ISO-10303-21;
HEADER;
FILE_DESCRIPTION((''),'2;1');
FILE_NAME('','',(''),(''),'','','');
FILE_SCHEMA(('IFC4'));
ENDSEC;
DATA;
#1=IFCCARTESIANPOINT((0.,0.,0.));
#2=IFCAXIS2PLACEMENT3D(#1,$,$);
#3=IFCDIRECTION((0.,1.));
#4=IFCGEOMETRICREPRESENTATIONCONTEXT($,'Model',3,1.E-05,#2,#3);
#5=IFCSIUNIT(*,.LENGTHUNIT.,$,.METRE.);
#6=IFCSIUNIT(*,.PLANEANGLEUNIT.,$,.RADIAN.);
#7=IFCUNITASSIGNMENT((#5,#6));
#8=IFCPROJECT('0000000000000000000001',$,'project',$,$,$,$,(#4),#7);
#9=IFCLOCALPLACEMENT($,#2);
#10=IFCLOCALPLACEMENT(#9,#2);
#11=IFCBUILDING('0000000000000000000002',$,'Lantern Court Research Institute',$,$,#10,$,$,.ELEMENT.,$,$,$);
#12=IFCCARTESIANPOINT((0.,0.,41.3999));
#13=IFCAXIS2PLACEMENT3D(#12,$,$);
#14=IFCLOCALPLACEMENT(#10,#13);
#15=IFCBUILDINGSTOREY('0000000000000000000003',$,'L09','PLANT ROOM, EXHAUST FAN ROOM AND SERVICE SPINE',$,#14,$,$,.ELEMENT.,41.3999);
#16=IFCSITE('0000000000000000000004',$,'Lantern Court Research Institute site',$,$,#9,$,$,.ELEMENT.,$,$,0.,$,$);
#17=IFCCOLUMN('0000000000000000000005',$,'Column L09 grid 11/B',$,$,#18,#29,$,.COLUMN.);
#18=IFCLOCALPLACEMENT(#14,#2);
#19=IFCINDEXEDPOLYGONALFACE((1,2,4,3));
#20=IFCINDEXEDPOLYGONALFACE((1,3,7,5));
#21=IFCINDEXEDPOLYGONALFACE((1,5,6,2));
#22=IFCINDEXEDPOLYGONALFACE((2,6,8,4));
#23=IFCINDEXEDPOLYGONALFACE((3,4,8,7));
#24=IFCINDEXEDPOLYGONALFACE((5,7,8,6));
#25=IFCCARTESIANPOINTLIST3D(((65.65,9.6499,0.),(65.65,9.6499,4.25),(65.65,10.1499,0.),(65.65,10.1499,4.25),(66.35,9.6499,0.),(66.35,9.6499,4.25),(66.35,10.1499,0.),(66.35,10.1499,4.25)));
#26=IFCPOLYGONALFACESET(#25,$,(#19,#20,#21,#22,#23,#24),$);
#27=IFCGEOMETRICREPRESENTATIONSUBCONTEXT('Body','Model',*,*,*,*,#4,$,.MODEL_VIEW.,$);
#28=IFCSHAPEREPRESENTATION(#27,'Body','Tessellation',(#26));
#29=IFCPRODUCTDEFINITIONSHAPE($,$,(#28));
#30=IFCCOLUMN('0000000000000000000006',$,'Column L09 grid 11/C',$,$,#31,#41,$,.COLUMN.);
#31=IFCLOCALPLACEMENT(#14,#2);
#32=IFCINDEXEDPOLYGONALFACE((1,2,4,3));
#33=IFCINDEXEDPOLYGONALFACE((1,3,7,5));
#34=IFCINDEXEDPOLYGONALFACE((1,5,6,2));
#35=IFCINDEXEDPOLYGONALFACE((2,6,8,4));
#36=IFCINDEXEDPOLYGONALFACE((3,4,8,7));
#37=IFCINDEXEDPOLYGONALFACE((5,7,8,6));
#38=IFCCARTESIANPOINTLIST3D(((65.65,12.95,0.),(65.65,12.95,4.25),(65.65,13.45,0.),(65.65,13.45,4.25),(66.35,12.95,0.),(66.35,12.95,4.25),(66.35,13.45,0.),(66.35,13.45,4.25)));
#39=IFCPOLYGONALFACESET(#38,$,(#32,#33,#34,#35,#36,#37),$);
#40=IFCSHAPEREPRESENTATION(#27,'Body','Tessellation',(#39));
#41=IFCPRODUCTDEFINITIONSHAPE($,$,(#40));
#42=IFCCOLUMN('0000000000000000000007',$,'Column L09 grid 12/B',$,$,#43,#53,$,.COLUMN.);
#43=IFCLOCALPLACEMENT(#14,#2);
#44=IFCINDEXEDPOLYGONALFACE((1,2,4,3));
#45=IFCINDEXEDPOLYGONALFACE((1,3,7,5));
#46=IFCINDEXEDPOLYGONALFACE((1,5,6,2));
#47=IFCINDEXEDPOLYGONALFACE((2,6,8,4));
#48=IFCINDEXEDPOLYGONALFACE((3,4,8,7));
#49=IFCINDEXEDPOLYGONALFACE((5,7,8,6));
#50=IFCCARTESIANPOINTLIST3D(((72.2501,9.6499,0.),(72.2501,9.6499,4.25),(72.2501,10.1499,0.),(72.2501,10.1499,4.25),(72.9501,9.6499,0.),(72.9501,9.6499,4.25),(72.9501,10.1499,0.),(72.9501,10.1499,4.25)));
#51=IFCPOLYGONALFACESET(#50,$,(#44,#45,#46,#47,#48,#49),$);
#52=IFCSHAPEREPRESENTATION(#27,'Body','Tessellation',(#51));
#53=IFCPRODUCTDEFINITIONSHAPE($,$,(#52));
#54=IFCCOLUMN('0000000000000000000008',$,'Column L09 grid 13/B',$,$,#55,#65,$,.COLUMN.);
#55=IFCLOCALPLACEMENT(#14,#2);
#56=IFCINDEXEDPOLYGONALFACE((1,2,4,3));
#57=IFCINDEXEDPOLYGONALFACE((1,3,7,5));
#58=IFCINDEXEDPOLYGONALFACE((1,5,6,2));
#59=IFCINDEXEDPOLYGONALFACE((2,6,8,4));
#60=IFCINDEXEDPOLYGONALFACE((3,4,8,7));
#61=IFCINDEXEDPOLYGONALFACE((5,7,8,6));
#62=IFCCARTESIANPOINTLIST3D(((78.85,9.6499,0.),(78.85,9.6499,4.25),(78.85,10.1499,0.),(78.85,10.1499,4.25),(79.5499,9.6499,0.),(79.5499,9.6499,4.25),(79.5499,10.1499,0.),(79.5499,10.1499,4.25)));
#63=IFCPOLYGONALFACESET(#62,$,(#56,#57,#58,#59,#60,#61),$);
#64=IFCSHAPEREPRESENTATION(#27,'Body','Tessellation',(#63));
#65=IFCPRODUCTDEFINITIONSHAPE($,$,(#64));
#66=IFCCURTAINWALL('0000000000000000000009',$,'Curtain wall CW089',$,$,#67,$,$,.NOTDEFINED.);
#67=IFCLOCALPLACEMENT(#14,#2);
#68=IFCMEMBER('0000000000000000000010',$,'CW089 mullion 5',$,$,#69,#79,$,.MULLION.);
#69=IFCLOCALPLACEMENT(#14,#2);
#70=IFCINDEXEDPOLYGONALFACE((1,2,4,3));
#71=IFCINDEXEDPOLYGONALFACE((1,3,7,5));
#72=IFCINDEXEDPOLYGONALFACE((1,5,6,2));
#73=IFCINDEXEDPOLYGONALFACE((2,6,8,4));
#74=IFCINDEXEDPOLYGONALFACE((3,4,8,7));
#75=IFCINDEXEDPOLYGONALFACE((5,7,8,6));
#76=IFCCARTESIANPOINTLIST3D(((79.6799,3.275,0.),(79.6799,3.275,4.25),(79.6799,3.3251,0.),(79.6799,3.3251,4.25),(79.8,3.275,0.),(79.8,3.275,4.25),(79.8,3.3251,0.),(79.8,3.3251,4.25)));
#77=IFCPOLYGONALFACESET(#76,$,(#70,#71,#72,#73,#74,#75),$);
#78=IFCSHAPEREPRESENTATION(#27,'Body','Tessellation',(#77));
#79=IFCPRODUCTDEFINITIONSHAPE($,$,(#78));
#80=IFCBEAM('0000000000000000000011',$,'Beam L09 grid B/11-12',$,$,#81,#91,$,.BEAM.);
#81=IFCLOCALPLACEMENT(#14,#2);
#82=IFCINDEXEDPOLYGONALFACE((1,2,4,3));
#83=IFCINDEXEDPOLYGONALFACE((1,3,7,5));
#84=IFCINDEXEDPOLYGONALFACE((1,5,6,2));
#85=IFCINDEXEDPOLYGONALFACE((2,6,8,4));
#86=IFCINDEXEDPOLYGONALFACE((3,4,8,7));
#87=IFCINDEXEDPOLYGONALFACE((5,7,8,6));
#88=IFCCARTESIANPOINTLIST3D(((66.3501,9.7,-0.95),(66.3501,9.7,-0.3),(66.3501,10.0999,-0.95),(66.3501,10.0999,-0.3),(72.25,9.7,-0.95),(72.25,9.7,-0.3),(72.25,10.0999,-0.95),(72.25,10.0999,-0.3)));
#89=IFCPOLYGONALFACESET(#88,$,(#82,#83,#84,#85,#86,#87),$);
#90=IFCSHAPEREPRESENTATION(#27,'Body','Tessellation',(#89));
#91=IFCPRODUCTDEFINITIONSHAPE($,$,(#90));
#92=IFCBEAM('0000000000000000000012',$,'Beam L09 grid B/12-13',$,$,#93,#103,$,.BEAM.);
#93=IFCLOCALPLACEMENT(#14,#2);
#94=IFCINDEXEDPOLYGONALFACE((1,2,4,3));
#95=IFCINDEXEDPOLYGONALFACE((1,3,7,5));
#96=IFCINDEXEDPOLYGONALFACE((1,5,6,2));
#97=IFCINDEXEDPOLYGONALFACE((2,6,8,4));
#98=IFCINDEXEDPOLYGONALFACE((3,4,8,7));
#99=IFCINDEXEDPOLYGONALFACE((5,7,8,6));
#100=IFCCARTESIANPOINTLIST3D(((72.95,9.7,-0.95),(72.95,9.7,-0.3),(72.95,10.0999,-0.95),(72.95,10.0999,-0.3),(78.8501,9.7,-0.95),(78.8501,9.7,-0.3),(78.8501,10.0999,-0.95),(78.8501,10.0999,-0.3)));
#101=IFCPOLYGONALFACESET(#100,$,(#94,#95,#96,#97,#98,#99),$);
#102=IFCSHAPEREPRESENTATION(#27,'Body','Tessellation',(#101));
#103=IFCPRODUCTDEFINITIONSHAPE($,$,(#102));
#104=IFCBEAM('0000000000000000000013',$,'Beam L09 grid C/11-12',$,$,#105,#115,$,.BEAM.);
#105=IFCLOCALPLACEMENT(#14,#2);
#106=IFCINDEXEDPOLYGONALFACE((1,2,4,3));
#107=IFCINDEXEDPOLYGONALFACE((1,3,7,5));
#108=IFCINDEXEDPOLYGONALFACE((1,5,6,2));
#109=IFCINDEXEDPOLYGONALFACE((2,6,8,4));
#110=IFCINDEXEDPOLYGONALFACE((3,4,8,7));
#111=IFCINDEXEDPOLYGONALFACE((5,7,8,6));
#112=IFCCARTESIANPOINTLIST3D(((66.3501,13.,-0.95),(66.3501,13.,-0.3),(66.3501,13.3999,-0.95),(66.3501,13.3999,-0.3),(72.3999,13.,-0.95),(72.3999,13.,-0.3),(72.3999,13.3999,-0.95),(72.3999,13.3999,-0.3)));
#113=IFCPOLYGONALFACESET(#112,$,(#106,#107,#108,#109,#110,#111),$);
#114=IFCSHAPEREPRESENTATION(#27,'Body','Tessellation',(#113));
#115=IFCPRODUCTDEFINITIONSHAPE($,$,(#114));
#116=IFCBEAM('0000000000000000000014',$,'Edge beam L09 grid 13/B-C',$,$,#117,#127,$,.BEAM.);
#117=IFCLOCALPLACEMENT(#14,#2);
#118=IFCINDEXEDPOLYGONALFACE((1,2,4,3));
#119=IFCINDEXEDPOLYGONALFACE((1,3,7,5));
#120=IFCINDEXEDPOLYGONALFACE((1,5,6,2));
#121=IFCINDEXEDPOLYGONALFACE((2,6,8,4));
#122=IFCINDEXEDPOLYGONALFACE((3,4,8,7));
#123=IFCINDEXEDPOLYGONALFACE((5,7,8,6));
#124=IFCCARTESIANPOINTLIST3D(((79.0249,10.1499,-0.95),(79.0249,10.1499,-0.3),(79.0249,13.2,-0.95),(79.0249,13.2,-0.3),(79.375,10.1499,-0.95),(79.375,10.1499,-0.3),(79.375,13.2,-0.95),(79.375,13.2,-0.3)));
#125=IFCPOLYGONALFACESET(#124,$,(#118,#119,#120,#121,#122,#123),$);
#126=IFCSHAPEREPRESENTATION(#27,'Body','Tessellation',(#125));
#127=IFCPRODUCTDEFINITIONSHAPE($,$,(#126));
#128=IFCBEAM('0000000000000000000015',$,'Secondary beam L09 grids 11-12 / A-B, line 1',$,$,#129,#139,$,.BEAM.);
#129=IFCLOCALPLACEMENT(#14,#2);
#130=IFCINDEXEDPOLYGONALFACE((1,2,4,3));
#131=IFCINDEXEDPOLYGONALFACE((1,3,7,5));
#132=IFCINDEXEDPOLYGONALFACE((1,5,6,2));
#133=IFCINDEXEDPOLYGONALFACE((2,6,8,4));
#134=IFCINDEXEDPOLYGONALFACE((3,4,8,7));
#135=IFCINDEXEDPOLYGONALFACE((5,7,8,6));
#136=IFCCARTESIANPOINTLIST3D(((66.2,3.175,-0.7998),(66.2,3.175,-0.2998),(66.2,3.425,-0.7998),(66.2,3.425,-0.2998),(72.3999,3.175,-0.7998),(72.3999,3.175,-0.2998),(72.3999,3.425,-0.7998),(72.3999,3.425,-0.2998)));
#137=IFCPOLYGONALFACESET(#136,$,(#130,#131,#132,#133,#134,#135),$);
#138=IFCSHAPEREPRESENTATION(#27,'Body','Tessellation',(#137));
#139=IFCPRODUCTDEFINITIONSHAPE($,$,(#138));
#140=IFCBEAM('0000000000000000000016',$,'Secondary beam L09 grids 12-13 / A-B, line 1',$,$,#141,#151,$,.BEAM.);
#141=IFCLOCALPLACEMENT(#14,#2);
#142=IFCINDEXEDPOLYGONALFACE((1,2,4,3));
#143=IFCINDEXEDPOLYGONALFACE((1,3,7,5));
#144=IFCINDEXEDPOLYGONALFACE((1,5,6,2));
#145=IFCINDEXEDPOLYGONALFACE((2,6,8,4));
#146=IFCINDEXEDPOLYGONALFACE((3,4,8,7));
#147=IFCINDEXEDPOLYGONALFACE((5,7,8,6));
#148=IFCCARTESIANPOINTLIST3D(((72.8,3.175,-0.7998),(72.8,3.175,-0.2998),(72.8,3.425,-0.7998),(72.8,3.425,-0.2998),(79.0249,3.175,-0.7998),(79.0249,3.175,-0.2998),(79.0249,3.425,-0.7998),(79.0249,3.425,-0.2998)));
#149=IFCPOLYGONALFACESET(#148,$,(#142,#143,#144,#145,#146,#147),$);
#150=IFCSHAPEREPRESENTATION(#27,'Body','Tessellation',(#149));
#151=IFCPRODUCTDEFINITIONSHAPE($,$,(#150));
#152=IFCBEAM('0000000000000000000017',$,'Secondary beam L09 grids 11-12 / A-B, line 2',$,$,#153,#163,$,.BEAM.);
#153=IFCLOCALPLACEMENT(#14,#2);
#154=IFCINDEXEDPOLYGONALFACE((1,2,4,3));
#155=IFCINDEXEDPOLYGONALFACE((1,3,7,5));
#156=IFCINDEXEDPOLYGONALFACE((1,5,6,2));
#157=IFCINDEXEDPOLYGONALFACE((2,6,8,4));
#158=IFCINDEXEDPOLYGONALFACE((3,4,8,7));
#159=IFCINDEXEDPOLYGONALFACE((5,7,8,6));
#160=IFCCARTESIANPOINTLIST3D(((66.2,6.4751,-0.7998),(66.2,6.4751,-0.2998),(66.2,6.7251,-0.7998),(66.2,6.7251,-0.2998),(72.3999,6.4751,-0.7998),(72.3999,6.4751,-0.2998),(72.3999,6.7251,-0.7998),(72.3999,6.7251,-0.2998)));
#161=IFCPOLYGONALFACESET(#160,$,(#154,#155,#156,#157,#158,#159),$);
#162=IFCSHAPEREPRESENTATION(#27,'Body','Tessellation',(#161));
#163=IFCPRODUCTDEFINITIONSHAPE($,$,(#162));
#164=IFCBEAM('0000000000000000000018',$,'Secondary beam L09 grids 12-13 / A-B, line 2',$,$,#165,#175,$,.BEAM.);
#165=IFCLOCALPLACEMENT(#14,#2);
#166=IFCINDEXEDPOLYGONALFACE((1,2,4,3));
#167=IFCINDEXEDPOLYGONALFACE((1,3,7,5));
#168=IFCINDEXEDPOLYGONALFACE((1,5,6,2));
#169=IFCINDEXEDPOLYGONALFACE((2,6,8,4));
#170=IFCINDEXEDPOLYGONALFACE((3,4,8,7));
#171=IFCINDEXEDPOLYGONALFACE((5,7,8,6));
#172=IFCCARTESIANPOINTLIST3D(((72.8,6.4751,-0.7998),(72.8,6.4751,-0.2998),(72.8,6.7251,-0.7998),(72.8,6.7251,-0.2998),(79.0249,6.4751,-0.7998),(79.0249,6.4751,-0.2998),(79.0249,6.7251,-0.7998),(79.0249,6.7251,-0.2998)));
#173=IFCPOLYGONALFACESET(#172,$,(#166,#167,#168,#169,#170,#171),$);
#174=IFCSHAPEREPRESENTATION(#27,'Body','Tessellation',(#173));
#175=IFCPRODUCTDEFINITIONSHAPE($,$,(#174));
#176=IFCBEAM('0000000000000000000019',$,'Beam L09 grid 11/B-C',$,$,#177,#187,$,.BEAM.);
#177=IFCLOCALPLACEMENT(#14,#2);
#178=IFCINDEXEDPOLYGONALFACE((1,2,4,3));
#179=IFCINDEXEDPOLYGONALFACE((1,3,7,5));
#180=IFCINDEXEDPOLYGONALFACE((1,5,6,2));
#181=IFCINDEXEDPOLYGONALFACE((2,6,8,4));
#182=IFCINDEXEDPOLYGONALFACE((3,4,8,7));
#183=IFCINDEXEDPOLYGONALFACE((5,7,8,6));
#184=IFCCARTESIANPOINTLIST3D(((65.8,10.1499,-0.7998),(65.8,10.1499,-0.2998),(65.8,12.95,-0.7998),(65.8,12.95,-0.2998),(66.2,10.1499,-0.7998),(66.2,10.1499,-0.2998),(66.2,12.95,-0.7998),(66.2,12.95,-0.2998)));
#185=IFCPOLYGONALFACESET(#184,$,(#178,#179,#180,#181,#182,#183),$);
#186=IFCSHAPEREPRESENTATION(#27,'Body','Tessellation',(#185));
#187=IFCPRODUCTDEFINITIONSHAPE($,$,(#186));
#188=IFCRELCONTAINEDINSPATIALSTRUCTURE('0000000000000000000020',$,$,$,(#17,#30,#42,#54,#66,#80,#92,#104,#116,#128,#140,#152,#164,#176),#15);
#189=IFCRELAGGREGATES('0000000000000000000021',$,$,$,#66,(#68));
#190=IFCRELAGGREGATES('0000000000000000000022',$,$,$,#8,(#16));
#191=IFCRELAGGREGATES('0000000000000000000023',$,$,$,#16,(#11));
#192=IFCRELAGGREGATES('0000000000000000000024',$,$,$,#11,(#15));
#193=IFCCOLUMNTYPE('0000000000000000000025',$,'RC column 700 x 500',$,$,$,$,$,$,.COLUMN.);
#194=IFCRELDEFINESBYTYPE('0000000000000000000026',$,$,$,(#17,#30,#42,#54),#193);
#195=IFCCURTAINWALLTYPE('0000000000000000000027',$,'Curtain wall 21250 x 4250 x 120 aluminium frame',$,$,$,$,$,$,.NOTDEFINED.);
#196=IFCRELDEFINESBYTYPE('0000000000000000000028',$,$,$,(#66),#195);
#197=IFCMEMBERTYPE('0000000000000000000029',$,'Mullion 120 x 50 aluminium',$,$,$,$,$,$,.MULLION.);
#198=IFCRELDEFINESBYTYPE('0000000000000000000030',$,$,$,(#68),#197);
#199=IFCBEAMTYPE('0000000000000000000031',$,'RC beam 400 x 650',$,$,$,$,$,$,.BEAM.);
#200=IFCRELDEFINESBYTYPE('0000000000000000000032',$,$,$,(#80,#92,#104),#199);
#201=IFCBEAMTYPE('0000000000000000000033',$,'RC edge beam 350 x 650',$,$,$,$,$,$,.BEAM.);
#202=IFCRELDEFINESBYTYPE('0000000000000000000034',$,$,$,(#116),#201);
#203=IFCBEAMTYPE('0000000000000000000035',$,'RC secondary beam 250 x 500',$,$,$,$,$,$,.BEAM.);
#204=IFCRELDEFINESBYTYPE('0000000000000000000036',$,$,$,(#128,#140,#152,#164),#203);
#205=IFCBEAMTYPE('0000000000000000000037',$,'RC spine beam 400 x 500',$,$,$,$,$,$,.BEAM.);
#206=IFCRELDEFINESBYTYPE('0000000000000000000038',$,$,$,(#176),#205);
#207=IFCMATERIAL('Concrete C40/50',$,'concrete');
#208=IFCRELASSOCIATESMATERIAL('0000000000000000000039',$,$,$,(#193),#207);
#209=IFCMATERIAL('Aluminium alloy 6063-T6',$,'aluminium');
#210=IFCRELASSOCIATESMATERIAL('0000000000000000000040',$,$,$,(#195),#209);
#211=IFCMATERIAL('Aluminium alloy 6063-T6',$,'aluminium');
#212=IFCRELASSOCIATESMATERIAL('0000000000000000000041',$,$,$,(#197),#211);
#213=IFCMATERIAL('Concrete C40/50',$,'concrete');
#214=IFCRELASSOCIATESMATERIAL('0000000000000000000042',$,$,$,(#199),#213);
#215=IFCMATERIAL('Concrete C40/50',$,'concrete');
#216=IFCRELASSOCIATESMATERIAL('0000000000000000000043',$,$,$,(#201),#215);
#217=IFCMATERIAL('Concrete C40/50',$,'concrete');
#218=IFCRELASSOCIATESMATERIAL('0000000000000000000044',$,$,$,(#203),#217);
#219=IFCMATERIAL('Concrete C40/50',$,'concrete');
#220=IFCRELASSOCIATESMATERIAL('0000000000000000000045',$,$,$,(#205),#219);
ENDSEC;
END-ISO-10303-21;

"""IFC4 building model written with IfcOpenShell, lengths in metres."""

from ifc_helpers import new_model, si_unit, direction, frame, origin, origin_2d, place, context, subcontext, project, spatial, rectangle, extrude, material, material_profile, profile_set, type_object, element, aggregate, save


model = new_model("IFC4")

# Units and contexts
model_context = context("Model", 3, precision=1e-05, world=origin(), true_north=direction((0.0, 1.0)))
body_context = subcontext(model_context, "Body", "Model", "MODEL_VIEW")
ifc_project = project(units=[si_unit("LENGTHUNIT", "METRE"), si_unit("PLANEANGLEUNIT", "RADIAN")], contexts=[model_context])

# Site, building, storey
site_placement = place(None, origin())
site = spatial("IfcSite", under=ifc_project, at=site_placement, Name="Lantern Court Research Institute site", CompositionType="ELEMENT", RefElevation=0.0)
building_placement = place(site_placement, origin())
building = spatial("IfcBuilding", under=site, at=building_placement, Name="Lantern Court Research Institute", CompositionType="ELEMENT")
storey_placement = place(building_placement, frame((0.0, 0.0, 41.3999)))
storey = spatial("IfcBuildingStorey", under=building, at=storey_placement, Name="L09", Description="PLANT ROOM, EXHAUST FAN ROOM AND SERVICE SPINE", CompositionType="ELEMENT", Elevation=41.3999)

# Columns
ifc_material_1 = material(Name="Concrete C40/50", Category="concrete")
ifc_material_profile_1 = material_profile(ifc_material_1, rectangle(XDim=0.7, YDim=0.5, at=origin_2d()), Name="RC column 700 x 500")
ifc_profile_set_1 = profile_set([ifc_material_profile_1], Name="Concrete C40/50")
column_type = type_object("IfcColumnType", Name="RC column 700 x 500", PredefinedType="COLUMN", material=ifc_profile_set_1)
for number, where, z_axis, x_axis, name in (
    (1, (66.0, 9.8999, 0.0), (0.0, 0.0, 1.0), (1.0, 0.0, 0.0), "Column L09 grid 11/B"),
    (2, (66.0, 13.2, 0.0), (0.0, 0.0, 1.0), (1.0, 0.0, 0.0), "Column L09 grid 11/C"),
    (3, (72.6001, 9.8999, 0.0), (0.0, 0.0, 1.0), (1.0, 0.0, 0.0), "Column L09 grid 12/B"),
    (4, (79.2, 9.8999, 0.0), (0.0, 0.0, 1.0), (1.0, 0.0, 0.0), "Column L09 grid 13/B"),
):
    element("IfcColumn", number, at=place(storey_placement, frame(where, z_axis=z_axis, x_axis=x_axis)), inside=storey, type_object=column_type, Name=name, PredefinedType="COLUMN", context=body_context, shape_type="SweptSolid", body=[
        extrude(rectangle(XDim=0.7, YDim=0.5, at=origin_2d()), origin(), (0.0, 0.0, 1.0), 4.25),
    ])

# Curtain wall, member
ifc_material_2 = material(Name="Aluminium alloy 6063-T6", Category="aluminium")
curtain_wall_type = type_object("IfcCurtainWallType", Name="Curtain wall 21250 x 4250 x 120 aluminium frame", PredefinedType="NOTDEFINED", material=ifc_material_2)
curtain_wall_placement = place(storey_placement, origin())
curtain_wall = element("IfcCurtainWall", 5, at=curtain_wall_placement, inside=storey, type_object=curtain_wall_type, Name="Curtain wall CW089", PredefinedType="NOTDEFINED")
ifc_material_3 = material(Name="Aluminium alloy 6063-T6", Category="aluminium")
ifc_material_profile_2 = material_profile(ifc_material_3, rectangle(XDim=0.1201, YDim=0.05, at=origin_2d()), Name="Mullion 120 x 50")
ifc_profile_set_2 = profile_set([ifc_material_profile_2], Name="Aluminium alloy 6063-T6")
member_type_1 = type_object("IfcMemberType", Name="Mullion 120 x 50 aluminium", PredefinedType="MULLION", material=ifc_profile_set_2)
member_1_placement = place(storey_placement, frame((79.74, 3.3, 0.0), z_axis=(0.0, 0.0, 1.0), x_axis=(1.0, 0.0, 0.0)))
member_1 = element("IfcMember", 6, at=member_1_placement, type_object=member_type_1, Name="CW089 mullion 5", PredefinedType="MULLION", context=body_context, shape_type="SweptSolid", body=[
    extrude(rectangle(XDim=0.1201, YDim=0.05, at=origin_2d()), origin(), (0.0, 0.0, 1.0), 4.25),
])

# Beams
ifc_material_4 = material(Name="Concrete C40/50", Category="concrete")
ifc_material_profile_3 = material_profile(ifc_material_4, rectangle(XDim=0.3999, YDim=0.6499, at=origin_2d()), Name="RC beam 400 x 650")
ifc_profile_set_3 = profile_set([ifc_material_profile_3], Name="Concrete C40/50")
beam_type_1 = type_object("IfcBeamType", Name="RC beam 400 x 650", PredefinedType="BEAM", material=ifc_profile_set_3)
beam_1_placement = place(storey_placement, frame((66.3501, 9.8999, -0.625), z_axis=(1.0, 0.0, 0.0), x_axis=(0.0, 1.0, 0.0)))
element("IfcBeam", 7, at=beam_1_placement, inside=storey, type_object=beam_type_1, Name="Beam L09 grid B/11-12", PredefinedType="BEAM", context=body_context, shape_type="SweptSolid", body=[
    extrude(rectangle(XDim=0.3999, YDim=0.6499, at=origin_2d()), origin(), (0.0, 0.0, 1.0), 5.8999),
])
beam_2_placement = place(storey_placement, frame((72.95, 9.8999, -0.625), z_axis=(1.0, 0.0, 0.0), x_axis=(0.0, 1.0, 0.0)))
element("IfcBeam", 8, at=beam_2_placement, inside=storey, type_object=beam_type_1, Name="Beam L09 grid B/12-13", PredefinedType="BEAM", context=body_context, shape_type="SweptSolid", body=[
    extrude(rectangle(XDim=0.3999, YDim=0.6499, at=origin_2d()), origin(), (0.0, 0.0, 1.0), 5.9001),
])
beam_3_placement = place(storey_placement, frame((66.3501, 13.2, -0.625), z_axis=(1.0, 0.0, 0.0), x_axis=(0.0, 1.0, 0.0)))
element("IfcBeam", 9, at=beam_3_placement, inside=storey, type_object=beam_type_1, Name="Beam L09 grid C/11-12", PredefinedType="BEAM", context=body_context, shape_type="SweptSolid", body=[
    extrude(rectangle(XDim=0.3999, YDim=0.6499, at=origin_2d()), origin(), (0.0, 0.0, 1.0), 6.0498),
])
ifc_material_5 = material(Name="Concrete C40/50", Category="concrete")
ifc_material_profile_4 = material_profile(ifc_material_5, rectangle(XDim=0.3501, YDim=0.6499, at=origin_2d()), Name="RC beam 350 x 650")
ifc_profile_set_4 = profile_set([ifc_material_profile_4], Name="Concrete C40/50")
beam_type_2 = type_object("IfcBeamType", Name="RC edge beam 350 x 650", PredefinedType="BEAM", material=ifc_profile_set_4)
beam_4_placement = place(storey_placement, frame((79.2, 10.1499, -0.625), z_axis=(0.0, 1.0, 0.0), x_axis=(-1.0, 0.0, 0.0)))
element("IfcBeam", 10, at=beam_4_placement, inside=storey, type_object=beam_type_2, Name="Edge beam L09 grid 13/B-C", PredefinedType="BEAM", context=body_context, shape_type="SweptSolid", body=[
    extrude(rectangle(XDim=0.3501, YDim=0.6499, at=origin_2d()), origin(), (0.0, 0.0, 1.0), 3.05),
])
ifc_material_6 = material(Name="Concrete C40/50", Category="concrete")
ifc_material_profile_5 = material_profile(ifc_material_6, rectangle(XDim=0.25, YDim=0.5, at=origin_2d()), Name="RC beam 250 x 500")
ifc_profile_set_5 = profile_set([ifc_material_profile_5], Name="Concrete C40/50")
beam_type_3 = type_object("IfcBeamType", Name="RC secondary beam 250 x 500", PredefinedType="BEAM", material=ifc_profile_set_5)
beam_5_placement = place(storey_placement, frame((66.2, 3.3, -0.5498), z_axis=(1.0, 0.0, 0.0), x_axis=(0.0, 1.0, 0.0)))
element("IfcBeam", 11, at=beam_5_placement, inside=storey, type_object=beam_type_3, Name="Secondary beam L09 grids 11-12 / A-B, line 1", PredefinedType="BEAM", context=body_context, shape_type="SweptSolid", body=[
    extrude(rectangle(XDim=0.25, YDim=0.5, at=origin_2d()), origin(), (0.0, 0.0, 1.0), 6.2),
])
beam_6_placement = place(storey_placement, frame((72.8, 3.3, -0.5498), z_axis=(1.0, 0.0, 0.0), x_axis=(0.0, 1.0, 0.0)))
element("IfcBeam", 12, at=beam_6_placement, inside=storey, type_object=beam_type_3, Name="Secondary beam L09 grids 12-13 / A-B, line 1", PredefinedType="BEAM", context=body_context, shape_type="SweptSolid", body=[
    extrude(rectangle(XDim=0.25, YDim=0.5, at=origin_2d()), origin(), (0.0, 0.0, 1.0), 6.2249),
])
beam_7_placement = place(storey_placement, frame((66.2, 6.6001, -0.5498), z_axis=(1.0, 0.0, 0.0), x_axis=(0.0, 1.0, 0.0)))
element("IfcBeam", 13, at=beam_7_placement, inside=storey, type_object=beam_type_3, Name="Secondary beam L09 grids 11-12 / A-B, line 2", PredefinedType="BEAM", context=body_context, shape_type="SweptSolid", body=[
    extrude(rectangle(XDim=0.25, YDim=0.5, at=origin_2d()), origin(), (0.0, 0.0, 1.0), 6.2),
])
beam_8_placement = place(storey_placement, frame((72.8, 6.6001, -0.5498), z_axis=(1.0, 0.0, 0.0), x_axis=(0.0, 1.0, 0.0)))
element("IfcBeam", 14, at=beam_8_placement, inside=storey, type_object=beam_type_3, Name="Secondary beam L09 grids 12-13 / A-B, line 2", PredefinedType="BEAM", context=body_context, shape_type="SweptSolid", body=[
    extrude(rectangle(XDim=0.25, YDim=0.5, at=origin_2d()), origin(), (0.0, 0.0, 1.0), 6.2249),
])
ifc_material_7 = material(Name="Concrete C40/50", Category="concrete")
ifc_material_profile_6 = material_profile(ifc_material_7, rectangle(XDim=0.3999, YDim=0.5, at=origin_2d()), Name="RC beam 400 x 500")
ifc_profile_set_6 = profile_set([ifc_material_profile_6], Name="Concrete C40/50")
beam_type_4 = type_object("IfcBeamType", Name="RC spine beam 400 x 500", PredefinedType="BEAM", material=ifc_profile_set_6)
beam_9_placement = place(storey_placement, frame((66.0, 10.1499, -0.5498), z_axis=(0.0, 1.0, 0.0), x_axis=(-1.0, 0.0, 0.0)))
element("IfcBeam", 15, at=beam_9_placement, inside=storey, type_object=beam_type_4, Name="Beam L09 grid 11/B-C", PredefinedType="BEAM", context=body_context, shape_type="SweptSolid", body=[
    extrude(rectangle(XDim=0.3999, YDim=0.5, at=origin_2d()), origin(), (0.0, 0.0, 1.0), 2.8),
])

aggregate(curtain_wall, [member_1])

save(model, "model.ifc")
